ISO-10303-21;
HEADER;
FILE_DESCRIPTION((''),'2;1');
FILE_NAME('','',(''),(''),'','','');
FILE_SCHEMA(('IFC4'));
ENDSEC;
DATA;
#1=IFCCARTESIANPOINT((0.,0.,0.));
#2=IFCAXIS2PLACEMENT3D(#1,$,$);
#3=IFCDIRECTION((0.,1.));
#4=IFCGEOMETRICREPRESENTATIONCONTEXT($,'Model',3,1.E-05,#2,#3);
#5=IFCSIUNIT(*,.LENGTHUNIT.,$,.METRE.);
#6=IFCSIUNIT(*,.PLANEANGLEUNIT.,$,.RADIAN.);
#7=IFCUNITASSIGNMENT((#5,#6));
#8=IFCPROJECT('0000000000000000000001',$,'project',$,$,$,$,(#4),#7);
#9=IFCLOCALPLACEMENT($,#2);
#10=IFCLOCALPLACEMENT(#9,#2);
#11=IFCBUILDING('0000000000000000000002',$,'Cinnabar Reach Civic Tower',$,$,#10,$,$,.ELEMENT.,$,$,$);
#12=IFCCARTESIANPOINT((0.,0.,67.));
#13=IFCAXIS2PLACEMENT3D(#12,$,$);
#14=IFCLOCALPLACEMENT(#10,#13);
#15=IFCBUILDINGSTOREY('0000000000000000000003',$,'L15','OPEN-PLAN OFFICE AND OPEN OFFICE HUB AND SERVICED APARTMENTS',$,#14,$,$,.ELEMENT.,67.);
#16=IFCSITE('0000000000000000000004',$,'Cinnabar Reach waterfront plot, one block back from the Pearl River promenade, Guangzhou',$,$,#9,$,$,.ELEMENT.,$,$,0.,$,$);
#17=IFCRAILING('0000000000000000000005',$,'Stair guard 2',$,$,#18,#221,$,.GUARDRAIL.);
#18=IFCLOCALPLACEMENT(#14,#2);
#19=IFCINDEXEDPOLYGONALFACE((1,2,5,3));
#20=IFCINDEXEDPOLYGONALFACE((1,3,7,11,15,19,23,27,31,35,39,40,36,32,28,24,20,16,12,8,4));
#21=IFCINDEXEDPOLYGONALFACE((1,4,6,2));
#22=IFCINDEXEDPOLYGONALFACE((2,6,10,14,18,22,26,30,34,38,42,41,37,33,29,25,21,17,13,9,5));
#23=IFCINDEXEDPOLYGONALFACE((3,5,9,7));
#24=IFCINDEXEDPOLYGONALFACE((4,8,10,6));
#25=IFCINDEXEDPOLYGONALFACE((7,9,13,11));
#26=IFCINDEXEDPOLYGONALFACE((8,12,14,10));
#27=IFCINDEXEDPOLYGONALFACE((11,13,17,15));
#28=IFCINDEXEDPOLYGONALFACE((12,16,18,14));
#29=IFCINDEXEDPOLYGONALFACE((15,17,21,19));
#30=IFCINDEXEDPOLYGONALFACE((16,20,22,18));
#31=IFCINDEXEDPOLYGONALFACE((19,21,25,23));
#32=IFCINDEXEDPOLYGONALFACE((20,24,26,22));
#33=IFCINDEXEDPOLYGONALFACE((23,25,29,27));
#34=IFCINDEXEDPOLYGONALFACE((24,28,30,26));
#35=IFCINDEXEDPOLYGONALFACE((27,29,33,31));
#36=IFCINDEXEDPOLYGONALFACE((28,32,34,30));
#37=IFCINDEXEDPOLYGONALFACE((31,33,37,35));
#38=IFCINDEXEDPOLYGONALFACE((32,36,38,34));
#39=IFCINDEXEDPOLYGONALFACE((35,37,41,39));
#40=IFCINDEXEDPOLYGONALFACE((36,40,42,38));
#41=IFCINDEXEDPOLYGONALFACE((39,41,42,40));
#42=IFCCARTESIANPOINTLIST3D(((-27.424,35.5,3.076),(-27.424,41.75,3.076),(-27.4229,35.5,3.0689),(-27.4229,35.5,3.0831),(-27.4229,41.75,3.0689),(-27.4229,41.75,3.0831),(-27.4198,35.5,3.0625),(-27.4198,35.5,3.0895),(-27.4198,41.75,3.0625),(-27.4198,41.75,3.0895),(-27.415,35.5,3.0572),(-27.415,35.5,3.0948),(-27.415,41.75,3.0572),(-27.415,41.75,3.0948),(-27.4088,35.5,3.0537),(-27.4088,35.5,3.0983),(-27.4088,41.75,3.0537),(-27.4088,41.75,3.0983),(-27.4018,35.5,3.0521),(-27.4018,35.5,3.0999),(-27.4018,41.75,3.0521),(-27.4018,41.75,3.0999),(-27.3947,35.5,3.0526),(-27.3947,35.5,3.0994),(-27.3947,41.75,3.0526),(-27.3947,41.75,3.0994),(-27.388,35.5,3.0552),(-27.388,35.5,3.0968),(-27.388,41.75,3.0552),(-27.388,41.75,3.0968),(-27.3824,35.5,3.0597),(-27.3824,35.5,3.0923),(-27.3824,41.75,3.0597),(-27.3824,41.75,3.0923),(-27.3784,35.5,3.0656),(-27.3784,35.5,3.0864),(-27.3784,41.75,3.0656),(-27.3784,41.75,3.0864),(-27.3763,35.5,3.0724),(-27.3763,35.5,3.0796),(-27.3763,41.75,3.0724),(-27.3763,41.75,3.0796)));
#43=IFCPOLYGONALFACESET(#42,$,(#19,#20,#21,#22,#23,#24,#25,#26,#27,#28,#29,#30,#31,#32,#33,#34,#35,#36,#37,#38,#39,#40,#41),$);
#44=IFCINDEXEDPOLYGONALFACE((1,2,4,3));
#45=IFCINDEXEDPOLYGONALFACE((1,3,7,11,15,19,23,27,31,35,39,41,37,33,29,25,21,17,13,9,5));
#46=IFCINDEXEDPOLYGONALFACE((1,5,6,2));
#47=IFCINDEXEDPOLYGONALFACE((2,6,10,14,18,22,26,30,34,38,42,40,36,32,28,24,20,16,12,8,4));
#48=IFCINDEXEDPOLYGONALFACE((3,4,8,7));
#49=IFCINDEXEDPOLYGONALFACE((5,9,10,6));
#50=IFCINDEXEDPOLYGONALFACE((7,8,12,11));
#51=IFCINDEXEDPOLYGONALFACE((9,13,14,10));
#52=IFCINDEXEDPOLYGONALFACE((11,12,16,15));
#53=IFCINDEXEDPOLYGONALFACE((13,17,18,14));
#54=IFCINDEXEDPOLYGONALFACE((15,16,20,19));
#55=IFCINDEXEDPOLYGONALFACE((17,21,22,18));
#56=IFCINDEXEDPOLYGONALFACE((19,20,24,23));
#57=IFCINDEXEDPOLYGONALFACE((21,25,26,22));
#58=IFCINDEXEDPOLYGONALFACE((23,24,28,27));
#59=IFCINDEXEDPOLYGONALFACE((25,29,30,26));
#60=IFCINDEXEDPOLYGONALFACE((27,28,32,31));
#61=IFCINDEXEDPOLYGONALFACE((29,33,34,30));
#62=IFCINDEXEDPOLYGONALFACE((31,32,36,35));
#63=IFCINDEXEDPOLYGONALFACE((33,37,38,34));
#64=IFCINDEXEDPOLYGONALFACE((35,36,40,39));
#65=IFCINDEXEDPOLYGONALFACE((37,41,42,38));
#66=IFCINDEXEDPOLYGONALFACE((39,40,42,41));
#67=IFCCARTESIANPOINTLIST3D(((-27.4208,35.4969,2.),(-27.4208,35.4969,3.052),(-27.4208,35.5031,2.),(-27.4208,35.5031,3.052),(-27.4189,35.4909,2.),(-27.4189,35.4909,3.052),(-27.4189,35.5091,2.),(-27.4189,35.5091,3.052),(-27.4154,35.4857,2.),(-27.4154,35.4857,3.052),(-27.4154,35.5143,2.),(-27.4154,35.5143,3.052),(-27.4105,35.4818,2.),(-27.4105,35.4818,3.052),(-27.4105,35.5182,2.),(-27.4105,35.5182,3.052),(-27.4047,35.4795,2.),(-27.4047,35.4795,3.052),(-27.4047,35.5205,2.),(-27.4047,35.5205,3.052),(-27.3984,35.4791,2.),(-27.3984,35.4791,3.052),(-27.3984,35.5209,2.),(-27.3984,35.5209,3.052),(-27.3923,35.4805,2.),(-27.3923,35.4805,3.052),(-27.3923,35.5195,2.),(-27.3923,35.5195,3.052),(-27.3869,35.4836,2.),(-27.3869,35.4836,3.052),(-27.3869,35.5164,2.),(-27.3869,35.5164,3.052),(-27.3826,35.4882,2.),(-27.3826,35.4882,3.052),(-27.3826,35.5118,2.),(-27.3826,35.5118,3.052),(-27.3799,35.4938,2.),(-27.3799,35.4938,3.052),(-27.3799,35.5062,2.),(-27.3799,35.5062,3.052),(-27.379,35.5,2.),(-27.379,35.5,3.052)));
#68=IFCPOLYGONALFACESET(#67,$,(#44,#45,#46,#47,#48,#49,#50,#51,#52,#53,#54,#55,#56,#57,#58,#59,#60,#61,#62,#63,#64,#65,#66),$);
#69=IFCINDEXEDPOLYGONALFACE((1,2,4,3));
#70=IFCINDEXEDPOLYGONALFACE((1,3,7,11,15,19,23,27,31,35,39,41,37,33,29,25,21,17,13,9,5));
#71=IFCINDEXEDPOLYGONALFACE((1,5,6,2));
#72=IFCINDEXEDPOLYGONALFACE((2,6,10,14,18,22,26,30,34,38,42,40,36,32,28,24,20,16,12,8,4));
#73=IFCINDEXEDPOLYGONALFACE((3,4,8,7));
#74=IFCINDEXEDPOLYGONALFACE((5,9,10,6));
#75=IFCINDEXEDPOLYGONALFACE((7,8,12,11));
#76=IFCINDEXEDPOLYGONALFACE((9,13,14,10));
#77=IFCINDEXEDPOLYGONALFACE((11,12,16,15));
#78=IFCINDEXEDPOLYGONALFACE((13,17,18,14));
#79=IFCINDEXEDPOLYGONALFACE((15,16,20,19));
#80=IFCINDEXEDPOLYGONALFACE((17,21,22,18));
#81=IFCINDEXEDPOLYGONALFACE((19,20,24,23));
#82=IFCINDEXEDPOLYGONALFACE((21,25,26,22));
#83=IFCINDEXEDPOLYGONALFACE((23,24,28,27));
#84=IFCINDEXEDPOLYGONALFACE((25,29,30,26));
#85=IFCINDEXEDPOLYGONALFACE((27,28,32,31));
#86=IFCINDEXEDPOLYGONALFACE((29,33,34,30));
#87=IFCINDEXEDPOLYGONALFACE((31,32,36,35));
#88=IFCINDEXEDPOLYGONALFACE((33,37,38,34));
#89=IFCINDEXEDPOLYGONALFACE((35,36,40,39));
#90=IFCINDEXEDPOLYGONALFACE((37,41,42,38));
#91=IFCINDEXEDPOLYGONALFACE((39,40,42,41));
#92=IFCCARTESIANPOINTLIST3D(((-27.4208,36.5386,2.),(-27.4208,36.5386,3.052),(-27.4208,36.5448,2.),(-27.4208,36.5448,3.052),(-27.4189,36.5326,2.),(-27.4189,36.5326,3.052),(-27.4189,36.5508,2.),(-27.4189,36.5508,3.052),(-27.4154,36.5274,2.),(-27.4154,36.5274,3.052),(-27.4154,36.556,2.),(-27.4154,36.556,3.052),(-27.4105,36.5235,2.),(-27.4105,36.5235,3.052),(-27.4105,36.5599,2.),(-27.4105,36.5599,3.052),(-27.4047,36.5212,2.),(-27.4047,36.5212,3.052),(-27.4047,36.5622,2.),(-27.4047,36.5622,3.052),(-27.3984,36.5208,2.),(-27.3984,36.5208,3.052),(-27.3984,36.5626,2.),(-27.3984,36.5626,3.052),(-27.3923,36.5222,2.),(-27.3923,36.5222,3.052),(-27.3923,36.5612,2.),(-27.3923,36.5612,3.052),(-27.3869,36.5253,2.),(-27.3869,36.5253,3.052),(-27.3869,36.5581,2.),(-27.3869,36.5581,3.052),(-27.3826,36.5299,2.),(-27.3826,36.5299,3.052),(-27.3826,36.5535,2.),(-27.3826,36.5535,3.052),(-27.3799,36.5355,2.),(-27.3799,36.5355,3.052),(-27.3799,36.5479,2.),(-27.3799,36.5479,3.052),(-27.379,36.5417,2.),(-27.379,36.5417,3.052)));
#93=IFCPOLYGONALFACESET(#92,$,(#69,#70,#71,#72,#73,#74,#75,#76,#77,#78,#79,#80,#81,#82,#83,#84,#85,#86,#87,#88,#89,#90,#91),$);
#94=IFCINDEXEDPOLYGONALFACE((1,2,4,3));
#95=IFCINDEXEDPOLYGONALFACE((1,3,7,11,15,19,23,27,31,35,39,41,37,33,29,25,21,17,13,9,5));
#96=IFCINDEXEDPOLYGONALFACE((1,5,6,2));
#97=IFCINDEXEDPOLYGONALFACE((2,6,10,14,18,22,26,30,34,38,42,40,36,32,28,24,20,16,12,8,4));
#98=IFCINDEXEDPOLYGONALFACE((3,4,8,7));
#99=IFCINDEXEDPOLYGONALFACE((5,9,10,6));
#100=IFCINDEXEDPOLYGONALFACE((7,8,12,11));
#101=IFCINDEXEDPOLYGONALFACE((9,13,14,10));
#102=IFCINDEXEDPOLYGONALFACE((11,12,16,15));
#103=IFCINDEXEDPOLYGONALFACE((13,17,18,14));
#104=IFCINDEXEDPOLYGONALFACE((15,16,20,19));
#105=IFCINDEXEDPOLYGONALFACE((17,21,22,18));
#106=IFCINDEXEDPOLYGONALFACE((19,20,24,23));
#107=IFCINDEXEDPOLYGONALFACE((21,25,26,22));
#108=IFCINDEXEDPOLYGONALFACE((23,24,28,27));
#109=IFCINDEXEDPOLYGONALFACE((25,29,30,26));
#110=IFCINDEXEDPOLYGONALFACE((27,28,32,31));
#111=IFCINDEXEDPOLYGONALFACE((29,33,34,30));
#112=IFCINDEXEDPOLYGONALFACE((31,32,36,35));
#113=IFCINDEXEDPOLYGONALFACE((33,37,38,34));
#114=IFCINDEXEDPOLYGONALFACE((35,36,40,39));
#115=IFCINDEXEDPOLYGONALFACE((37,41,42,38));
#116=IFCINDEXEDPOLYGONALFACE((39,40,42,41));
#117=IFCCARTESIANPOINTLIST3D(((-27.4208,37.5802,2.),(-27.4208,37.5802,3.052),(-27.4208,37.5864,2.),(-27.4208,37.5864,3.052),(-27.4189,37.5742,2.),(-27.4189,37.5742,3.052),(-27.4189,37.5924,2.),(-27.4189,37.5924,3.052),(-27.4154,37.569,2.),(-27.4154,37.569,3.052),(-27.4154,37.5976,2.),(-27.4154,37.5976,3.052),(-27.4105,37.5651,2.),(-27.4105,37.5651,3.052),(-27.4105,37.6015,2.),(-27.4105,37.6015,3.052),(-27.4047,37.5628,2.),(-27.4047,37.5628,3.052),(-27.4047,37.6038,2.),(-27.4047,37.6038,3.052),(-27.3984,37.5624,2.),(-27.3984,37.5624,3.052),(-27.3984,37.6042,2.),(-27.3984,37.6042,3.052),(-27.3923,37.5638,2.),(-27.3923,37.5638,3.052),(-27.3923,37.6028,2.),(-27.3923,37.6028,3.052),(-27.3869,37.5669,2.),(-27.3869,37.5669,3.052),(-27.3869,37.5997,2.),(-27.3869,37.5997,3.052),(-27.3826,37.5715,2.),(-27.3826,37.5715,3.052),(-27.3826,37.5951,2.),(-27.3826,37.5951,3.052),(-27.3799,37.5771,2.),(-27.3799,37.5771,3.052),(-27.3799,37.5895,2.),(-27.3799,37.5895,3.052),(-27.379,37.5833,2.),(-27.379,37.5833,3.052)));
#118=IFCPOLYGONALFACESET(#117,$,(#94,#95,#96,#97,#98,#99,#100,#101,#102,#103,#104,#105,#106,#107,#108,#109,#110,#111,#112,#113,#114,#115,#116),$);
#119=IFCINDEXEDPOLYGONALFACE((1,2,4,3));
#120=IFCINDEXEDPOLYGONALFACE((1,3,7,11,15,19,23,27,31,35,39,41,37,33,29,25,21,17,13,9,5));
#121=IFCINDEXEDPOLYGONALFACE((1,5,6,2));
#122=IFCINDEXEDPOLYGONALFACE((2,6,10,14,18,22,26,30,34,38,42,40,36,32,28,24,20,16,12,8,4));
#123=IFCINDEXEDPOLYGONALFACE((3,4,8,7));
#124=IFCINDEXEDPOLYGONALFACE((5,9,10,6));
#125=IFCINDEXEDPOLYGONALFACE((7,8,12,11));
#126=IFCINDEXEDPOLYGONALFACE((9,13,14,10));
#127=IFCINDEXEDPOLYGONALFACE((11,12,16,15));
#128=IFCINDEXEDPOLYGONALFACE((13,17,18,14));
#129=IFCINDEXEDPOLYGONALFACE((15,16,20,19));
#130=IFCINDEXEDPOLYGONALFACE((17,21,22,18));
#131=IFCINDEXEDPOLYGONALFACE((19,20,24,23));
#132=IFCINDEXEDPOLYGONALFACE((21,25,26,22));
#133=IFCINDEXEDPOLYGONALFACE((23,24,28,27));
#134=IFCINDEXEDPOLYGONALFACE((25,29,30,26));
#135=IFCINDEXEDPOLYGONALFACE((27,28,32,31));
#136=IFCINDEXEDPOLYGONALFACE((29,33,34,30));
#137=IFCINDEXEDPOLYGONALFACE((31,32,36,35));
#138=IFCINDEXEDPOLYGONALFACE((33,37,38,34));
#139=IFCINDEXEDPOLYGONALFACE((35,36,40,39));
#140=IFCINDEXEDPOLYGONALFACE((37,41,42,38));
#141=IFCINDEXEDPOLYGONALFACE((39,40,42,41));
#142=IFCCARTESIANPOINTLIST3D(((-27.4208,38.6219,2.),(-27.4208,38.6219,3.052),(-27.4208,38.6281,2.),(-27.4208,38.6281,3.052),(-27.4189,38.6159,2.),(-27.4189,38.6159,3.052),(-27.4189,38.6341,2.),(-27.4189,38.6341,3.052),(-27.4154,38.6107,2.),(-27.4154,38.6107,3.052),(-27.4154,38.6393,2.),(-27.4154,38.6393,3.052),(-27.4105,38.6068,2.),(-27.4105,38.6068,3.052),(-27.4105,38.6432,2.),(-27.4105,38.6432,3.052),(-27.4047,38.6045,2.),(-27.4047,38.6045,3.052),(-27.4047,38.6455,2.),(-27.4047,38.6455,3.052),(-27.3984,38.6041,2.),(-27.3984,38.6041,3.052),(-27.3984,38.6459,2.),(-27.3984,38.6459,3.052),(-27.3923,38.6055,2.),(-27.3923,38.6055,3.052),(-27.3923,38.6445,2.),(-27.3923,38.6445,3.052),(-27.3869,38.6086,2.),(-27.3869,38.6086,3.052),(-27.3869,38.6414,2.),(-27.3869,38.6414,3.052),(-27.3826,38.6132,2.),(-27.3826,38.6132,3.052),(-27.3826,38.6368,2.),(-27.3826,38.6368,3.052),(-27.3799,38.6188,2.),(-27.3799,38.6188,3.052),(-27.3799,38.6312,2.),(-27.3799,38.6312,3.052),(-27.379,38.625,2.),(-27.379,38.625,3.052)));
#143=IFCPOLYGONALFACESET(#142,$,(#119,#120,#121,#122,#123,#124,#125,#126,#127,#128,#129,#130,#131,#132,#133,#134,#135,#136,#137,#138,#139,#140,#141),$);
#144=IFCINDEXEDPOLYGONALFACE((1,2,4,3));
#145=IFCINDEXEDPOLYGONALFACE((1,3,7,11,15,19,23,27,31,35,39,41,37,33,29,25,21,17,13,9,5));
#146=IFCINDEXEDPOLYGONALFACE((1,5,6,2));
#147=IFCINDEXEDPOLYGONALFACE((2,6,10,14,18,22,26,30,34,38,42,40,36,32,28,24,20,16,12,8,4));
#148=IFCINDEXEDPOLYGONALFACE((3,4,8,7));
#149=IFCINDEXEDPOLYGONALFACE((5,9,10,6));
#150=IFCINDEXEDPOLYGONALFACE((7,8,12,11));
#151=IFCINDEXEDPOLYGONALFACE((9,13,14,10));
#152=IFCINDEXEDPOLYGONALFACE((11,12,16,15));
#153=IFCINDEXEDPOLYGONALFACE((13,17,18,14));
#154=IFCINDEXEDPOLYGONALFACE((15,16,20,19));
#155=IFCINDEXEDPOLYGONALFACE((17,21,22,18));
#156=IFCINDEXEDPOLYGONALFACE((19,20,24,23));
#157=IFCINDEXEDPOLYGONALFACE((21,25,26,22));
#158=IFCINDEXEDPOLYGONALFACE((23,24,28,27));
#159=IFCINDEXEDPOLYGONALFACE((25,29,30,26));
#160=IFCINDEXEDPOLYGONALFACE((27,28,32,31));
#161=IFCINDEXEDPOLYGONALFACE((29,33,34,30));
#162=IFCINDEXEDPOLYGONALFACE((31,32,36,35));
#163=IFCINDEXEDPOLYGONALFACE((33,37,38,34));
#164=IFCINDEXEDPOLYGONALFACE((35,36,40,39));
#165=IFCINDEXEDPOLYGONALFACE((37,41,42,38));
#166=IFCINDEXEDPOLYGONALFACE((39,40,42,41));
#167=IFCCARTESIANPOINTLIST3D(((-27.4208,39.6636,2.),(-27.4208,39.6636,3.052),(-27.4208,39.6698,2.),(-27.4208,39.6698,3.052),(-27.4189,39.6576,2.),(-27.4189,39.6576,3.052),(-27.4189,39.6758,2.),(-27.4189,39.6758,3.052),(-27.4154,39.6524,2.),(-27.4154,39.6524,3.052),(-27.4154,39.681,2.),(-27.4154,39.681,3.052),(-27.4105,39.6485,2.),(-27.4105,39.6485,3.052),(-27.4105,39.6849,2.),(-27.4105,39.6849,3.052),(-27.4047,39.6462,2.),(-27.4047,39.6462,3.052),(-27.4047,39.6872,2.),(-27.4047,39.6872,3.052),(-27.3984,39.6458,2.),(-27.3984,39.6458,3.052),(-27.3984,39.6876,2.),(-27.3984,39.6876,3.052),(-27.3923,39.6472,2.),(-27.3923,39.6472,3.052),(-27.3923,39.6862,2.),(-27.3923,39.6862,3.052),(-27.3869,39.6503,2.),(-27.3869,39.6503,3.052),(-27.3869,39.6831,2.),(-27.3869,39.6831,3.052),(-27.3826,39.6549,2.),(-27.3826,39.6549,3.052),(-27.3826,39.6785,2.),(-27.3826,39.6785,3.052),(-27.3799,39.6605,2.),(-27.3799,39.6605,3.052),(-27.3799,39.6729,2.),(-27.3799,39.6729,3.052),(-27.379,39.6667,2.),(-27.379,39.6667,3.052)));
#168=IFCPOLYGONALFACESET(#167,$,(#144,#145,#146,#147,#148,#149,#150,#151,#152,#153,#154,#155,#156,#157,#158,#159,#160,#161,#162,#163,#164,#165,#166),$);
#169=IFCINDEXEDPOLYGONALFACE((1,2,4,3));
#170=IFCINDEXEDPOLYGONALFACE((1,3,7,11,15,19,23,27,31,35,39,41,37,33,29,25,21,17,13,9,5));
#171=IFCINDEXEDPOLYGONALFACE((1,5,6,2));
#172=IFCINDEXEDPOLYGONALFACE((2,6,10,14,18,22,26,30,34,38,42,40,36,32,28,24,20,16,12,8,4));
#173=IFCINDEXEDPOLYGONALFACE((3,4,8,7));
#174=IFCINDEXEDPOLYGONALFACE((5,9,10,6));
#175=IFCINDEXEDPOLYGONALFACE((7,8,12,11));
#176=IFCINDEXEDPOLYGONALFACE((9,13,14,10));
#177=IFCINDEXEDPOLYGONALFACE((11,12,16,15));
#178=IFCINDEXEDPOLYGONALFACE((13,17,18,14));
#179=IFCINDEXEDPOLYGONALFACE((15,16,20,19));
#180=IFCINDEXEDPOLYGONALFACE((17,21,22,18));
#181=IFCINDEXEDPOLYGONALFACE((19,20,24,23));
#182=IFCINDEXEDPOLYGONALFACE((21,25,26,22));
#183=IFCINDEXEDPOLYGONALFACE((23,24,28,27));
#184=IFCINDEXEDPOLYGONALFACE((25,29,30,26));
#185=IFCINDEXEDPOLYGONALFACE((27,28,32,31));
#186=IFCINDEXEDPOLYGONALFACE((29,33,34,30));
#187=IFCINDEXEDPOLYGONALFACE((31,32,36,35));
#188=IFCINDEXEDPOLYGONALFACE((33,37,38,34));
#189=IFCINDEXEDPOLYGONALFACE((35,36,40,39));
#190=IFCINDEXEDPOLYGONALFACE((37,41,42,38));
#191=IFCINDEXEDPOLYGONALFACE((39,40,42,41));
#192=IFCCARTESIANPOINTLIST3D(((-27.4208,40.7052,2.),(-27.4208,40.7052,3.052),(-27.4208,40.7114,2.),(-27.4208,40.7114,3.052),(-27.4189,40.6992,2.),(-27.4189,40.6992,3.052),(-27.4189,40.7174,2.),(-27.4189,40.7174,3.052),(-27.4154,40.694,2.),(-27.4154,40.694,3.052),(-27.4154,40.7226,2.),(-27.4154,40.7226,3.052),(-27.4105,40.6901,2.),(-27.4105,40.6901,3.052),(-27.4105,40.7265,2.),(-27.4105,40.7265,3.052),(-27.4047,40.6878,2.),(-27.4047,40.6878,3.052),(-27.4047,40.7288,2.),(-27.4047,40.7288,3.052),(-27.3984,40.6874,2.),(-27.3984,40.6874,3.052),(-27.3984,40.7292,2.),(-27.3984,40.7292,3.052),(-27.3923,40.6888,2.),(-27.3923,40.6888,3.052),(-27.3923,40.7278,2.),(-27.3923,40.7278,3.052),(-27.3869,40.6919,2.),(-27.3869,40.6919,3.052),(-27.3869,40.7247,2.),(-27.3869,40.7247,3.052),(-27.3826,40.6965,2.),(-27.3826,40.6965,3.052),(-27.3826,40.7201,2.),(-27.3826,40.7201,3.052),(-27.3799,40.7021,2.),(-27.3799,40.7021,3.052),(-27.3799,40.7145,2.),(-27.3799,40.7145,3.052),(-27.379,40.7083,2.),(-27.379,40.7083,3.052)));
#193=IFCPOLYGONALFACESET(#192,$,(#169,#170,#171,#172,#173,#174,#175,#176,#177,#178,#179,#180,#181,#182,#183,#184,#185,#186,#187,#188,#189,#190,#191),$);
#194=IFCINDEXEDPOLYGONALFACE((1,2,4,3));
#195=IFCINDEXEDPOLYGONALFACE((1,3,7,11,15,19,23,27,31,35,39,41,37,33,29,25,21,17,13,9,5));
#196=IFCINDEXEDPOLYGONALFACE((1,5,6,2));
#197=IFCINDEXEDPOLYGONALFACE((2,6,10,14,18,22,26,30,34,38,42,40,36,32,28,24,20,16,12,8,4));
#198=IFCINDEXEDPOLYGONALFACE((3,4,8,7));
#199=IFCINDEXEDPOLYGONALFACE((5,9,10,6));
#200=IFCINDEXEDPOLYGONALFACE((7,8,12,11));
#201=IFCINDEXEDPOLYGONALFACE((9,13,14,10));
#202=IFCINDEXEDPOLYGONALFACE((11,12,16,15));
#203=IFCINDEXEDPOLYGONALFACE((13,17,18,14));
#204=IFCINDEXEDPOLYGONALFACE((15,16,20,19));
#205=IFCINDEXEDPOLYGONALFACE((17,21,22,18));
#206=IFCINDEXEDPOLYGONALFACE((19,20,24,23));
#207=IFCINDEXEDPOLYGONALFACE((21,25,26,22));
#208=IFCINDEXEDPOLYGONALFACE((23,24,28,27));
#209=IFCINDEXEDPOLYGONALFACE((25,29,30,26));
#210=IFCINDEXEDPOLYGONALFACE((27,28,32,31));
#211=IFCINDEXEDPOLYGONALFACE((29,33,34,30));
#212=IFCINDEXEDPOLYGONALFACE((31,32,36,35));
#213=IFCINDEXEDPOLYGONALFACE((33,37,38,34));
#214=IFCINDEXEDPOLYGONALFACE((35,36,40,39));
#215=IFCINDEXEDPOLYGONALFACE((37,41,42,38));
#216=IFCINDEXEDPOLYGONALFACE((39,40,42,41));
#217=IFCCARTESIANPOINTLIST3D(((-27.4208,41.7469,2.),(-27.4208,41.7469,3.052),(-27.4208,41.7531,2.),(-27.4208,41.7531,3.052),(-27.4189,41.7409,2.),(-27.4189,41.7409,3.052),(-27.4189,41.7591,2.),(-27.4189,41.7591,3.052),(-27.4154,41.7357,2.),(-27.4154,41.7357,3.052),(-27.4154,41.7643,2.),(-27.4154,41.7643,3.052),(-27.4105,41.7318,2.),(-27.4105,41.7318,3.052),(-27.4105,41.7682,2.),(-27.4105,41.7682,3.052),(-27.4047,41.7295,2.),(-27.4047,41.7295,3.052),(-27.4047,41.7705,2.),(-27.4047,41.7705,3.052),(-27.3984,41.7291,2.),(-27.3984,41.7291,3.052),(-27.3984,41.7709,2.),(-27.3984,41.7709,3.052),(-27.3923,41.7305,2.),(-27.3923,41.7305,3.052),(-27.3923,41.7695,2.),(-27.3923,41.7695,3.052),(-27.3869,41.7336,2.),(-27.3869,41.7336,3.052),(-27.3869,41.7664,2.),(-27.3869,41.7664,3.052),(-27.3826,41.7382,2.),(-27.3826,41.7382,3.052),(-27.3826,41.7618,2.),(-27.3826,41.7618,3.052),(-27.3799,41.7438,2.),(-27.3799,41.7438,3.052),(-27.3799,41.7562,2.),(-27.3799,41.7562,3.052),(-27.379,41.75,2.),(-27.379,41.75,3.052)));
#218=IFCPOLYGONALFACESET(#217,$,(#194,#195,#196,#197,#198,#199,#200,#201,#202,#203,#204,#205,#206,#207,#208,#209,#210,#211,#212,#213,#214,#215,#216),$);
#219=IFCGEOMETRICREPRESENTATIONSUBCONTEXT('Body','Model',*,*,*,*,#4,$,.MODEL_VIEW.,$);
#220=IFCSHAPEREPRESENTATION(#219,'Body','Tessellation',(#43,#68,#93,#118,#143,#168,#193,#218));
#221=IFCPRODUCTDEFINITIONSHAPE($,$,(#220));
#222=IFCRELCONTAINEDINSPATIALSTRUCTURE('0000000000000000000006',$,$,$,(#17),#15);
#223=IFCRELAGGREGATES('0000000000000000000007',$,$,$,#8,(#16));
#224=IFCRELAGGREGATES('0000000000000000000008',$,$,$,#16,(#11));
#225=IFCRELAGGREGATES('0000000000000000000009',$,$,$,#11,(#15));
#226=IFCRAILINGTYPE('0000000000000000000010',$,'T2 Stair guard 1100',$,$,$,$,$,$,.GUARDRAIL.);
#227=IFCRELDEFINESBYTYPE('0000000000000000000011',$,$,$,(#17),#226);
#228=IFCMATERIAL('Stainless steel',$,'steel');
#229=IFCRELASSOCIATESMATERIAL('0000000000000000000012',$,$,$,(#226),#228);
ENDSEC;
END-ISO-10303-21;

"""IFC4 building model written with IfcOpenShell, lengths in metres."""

from ifc_helpers import new_model, si_unit, direction, frame, origin, origin_2d, place, context, subcontext, project, spatial, circle, extrude, material, type_object, element, save


model = new_model("IFC4")

# Units and contexts
model_context = context("Model", 3, precision=1e-05, world=origin(), true_north=direction((0.0, 1.0)))
body_context = subcontext(model_context, "Body", "Model", "MODEL_VIEW")
ifc_project = project(units=[si_unit("LENGTHUNIT", "METRE"), si_unit("PLANEANGLEUNIT", "RADIAN")], contexts=[model_context])

# Site, building, storey
site_placement = place(None, origin())
site = spatial("IfcSite", under=ifc_project, at=site_placement, Name="Cinnabar Reach waterfront plot, one block back from the Pearl River promenade, Guangzhou", CompositionType="ELEMENT", RefElevation=0.0)
building_placement = place(site_placement, origin())
building = spatial("IfcBuilding", under=site, at=building_placement, Name="Cinnabar Reach Civic Tower", CompositionType="ELEMENT")
storey_placement = place(building_placement, frame((0.0, 0.0, 67.0)))
storey = spatial("IfcBuildingStorey", under=building, at=storey_placement, Name="L15", Description="OPEN-PLAN OFFICE AND OPEN OFFICE HUB AND SERVICED APARTMENTS", CompositionType="ELEMENT", Elevation=67.0)

# Railing
ifc_material_1 = material(Name="Stainless steel", Category="steel")
railing_type = type_object("IfcRailingType", Name="T2 Stair guard 1100", PredefinedType="GUARDRAIL", material=ifc_material_1)
for number, where, name in (
    (1, (-27.4, 35.5, 2.0), "Stair guard 2"),
):
    element("IfcRailing", number, at=place(storey_placement, frame(where)), inside=storey, type_object=railing_type, Name=name, PredefinedType="GUARDRAIL", context=body_context, shape_type="SweptSolid", body=[
        extrude(circle(Radius=0.024, at=origin_2d()), frame((0.0, 0.0, 1.076), z_axis=(0.0, 1.0, 0.0), x_axis=(-1.0, 0.0, 0.0)), (0.0, 0.0, 1.0), 6.25),
        extrude(circle(Radius=0.021, at=origin_2d()), origin(), (0.0, 0.0, 1.0), 1.052),
        extrude(circle(Radius=0.021, at=origin_2d()), frame((0.0, 1.0417, 0.0)), (0.0, 0.0, 1.0), 1.052),
        extrude(circle(Radius=0.021, at=origin_2d()), frame((0.0, 2.0833, 0.0)), (0.0, 0.0, 1.0), 1.052),
        extrude(circle(Radius=0.021, at=origin_2d()), frame((0.0, 3.125, 0.0)), (0.0, 0.0, 1.0), 1.052),
        extrude(circle(Radius=0.021, at=origin_2d()), frame((0.0, 4.1667, 0.0)), (0.0, 0.0, 1.0), 1.052),
        extrude(circle(Radius=0.021, at=origin_2d()), frame((0.0, 5.2083, 0.0)), (0.0, 0.0, 1.0), 1.052),
        extrude(circle(Radius=0.021, at=origin_2d()), frame((0.0, 6.25, 0.0)), (0.0, 0.0, 1.0), 1.052),
    ])

save(model, "model.ifc")
